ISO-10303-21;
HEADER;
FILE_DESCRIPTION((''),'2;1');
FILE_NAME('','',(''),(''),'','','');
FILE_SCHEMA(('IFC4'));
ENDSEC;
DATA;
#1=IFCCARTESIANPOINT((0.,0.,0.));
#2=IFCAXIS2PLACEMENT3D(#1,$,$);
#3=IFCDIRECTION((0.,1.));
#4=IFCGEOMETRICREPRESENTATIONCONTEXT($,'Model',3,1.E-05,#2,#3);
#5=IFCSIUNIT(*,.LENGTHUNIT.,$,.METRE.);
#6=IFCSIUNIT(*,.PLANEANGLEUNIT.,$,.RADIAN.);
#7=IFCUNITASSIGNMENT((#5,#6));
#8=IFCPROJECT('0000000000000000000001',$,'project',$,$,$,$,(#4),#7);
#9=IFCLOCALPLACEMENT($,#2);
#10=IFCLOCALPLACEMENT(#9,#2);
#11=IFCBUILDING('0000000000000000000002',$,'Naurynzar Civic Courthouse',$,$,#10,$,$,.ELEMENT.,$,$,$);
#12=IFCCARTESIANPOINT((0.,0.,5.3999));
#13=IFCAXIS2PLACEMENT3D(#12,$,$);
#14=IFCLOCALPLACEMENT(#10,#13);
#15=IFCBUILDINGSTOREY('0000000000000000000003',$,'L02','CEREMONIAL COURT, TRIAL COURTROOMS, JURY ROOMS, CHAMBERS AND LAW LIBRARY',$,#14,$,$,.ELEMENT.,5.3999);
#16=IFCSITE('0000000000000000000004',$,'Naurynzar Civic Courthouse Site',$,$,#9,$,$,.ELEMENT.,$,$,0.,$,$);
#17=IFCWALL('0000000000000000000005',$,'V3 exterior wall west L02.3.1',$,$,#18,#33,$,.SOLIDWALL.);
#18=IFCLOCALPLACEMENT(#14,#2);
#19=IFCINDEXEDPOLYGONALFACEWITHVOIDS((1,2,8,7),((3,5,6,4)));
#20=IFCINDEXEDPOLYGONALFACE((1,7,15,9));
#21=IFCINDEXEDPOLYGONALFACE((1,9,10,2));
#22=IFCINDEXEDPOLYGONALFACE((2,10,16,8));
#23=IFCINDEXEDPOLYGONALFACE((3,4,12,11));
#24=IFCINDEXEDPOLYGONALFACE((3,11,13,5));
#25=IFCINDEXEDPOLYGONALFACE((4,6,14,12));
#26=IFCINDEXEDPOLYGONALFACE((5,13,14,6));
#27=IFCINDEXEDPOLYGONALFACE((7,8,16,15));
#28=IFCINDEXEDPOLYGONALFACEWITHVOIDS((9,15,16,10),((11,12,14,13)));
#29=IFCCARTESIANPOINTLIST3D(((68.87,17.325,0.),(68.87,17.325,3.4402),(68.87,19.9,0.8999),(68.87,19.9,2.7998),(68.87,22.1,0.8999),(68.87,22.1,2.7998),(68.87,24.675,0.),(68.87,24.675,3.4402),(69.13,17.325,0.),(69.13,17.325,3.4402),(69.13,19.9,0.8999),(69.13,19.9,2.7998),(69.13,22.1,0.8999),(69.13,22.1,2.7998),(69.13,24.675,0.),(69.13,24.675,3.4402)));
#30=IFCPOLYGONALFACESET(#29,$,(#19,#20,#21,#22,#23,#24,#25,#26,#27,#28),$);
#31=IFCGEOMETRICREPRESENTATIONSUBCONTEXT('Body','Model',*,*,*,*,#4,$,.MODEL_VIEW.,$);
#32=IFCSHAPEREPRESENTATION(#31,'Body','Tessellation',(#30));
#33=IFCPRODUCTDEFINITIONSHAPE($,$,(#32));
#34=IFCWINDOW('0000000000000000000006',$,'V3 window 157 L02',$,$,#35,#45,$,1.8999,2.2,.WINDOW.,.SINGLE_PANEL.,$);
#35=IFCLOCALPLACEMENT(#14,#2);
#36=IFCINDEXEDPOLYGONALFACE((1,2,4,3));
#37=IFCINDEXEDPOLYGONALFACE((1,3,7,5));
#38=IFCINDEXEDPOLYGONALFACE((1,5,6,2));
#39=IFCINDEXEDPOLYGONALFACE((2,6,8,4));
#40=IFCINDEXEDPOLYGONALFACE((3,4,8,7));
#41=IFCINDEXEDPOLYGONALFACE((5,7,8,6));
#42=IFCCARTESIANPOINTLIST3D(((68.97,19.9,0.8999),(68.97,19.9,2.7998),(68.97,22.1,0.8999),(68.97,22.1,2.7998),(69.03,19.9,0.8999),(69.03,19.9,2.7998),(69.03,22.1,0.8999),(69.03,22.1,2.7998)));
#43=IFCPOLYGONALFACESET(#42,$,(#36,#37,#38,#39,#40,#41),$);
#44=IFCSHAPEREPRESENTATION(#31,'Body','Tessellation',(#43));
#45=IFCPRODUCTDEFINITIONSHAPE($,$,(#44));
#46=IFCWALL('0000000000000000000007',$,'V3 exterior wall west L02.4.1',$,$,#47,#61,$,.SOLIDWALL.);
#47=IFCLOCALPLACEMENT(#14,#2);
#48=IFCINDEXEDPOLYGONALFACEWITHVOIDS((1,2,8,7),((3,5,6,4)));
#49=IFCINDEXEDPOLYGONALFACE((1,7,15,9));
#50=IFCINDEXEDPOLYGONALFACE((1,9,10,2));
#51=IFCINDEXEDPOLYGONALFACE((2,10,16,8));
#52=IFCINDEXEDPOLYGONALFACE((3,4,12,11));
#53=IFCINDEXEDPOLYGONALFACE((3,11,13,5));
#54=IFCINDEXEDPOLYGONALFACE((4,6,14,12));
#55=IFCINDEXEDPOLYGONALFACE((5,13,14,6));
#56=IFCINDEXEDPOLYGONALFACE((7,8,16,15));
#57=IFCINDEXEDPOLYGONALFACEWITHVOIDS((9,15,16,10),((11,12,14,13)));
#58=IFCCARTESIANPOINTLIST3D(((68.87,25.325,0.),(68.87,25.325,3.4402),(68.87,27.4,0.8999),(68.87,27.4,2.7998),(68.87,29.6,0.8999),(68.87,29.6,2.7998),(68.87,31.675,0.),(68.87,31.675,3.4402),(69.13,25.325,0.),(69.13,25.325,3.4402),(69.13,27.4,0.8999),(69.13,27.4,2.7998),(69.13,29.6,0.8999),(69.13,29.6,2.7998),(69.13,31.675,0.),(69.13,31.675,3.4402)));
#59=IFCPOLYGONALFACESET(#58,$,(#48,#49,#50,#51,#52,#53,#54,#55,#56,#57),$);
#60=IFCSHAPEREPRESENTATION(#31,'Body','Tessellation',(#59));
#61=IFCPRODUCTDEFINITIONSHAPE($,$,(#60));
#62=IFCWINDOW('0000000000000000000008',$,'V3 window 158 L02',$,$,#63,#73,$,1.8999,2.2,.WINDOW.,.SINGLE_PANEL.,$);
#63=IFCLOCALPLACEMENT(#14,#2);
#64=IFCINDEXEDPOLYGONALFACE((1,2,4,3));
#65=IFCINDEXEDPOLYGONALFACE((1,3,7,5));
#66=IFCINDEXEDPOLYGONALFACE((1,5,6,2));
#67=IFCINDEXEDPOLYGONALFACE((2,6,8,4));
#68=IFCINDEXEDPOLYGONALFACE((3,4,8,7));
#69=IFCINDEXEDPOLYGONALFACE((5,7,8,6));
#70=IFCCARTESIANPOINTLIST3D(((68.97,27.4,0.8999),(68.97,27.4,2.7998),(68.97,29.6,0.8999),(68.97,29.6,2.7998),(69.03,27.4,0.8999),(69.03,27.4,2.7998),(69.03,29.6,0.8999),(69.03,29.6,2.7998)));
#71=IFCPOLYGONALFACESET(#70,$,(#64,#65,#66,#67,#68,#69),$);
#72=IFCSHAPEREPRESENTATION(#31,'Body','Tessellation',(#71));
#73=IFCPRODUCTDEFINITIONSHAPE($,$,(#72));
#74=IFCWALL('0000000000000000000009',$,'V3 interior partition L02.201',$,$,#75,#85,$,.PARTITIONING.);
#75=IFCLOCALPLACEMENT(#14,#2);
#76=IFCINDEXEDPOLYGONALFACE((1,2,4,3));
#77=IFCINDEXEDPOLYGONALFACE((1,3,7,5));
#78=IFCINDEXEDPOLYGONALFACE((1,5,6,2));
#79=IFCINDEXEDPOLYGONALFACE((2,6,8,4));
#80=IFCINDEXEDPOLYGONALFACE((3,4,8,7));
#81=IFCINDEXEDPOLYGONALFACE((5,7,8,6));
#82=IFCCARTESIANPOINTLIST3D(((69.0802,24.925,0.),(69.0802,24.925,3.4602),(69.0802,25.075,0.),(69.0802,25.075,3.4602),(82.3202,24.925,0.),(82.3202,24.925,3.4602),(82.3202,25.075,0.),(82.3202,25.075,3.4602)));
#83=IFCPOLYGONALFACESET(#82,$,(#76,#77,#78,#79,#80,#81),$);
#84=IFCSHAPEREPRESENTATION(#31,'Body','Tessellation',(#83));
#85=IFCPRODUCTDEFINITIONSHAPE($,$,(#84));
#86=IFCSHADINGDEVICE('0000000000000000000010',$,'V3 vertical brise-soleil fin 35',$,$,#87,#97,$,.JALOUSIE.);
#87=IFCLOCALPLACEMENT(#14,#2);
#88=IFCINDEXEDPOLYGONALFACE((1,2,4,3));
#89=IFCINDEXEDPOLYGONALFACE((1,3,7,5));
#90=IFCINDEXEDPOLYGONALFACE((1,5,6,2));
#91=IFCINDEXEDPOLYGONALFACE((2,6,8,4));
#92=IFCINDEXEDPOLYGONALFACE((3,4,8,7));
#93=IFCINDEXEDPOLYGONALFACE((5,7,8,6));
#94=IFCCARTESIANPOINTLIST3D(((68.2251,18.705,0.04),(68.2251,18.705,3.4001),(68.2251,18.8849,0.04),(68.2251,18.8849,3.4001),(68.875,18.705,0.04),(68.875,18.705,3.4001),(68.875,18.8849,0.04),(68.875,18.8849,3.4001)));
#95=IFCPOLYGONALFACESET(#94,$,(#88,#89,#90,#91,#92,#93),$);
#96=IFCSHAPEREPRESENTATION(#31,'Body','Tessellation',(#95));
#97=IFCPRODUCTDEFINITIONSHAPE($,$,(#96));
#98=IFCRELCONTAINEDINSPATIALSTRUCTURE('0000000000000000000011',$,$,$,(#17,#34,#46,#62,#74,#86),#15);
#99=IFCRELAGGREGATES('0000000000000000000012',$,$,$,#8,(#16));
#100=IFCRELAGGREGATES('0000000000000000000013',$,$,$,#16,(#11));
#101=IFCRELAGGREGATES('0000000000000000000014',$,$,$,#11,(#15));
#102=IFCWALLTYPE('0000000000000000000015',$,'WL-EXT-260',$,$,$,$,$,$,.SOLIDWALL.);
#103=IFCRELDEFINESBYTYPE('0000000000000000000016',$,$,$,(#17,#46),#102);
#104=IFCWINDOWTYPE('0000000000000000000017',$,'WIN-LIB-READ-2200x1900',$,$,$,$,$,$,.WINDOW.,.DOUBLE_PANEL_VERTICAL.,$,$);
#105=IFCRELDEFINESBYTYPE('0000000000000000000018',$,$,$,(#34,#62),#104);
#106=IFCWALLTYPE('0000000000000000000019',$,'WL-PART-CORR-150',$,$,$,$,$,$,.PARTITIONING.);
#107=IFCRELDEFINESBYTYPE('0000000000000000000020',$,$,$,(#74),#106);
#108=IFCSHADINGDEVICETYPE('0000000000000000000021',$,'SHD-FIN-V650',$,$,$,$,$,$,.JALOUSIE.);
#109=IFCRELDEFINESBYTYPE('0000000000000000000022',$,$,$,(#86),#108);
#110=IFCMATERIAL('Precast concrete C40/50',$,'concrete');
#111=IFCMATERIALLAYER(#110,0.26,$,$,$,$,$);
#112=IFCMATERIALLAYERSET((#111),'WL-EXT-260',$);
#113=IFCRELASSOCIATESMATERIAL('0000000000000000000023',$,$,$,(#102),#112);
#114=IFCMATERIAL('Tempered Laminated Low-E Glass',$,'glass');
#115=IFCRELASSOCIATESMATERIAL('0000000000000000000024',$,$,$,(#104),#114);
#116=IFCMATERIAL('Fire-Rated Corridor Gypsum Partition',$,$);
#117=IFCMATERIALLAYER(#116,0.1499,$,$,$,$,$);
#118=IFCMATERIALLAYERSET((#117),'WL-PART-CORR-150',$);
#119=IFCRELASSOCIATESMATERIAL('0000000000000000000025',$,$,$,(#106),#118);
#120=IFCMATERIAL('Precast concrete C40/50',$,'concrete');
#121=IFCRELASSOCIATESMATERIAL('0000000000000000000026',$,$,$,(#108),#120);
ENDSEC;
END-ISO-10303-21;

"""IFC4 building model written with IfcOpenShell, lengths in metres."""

from ifc_helpers import new_model, si_unit, direction, frame, frame_2d, origin, origin_2d, place, context, subcontext, project, spatial, rectangle, extrude, material, layer, layer_set, type_object, element, fill, save


model = new_model("IFC4")

# Units and contexts
model_context = context("Model", 3, precision=1e-05, world=origin(), true_north=direction((0.0, 1.0)))
body_context = subcontext(model_context, "Body", "Model", "MODEL_VIEW")
ifc_project = project(units=[si_unit("LENGTHUNIT", "METRE"), si_unit("PLANEANGLEUNIT", "RADIAN")], contexts=[model_context])

# Site, building, storey
site_placement = place(None, origin())
site = spatial("IfcSite", under=ifc_project, at=site_placement, Name="Naurynzar Civic Courthouse Site", CompositionType="ELEMENT", RefElevation=0.0)
building_placement = place(site_placement, origin())
building = spatial("IfcBuilding", under=site, at=building_placement, Name="Naurynzar Civic Courthouse", CompositionType="ELEMENT")
storey_placement = place(building_placement, frame((0.0, 0.0, 5.3999)))
storey = spatial("IfcBuildingStorey", under=building, at=storey_placement, Name="L02", Description="CEREMONIAL COURT, TRIAL COURTROOMS, JURY ROOMS, CHAMBERS AND LAW LIBRARY", CompositionType="ELEMENT", Elevation=5.3999)

# Walls, openings, windows
ifc_material_1 = material(Name="Precast concrete C40/50", Category="concrete")
ifc_layer_1 = layer(ifc_material_1, 0.26)
ifc_layer_set_1 = layer_set([ifc_layer_1], Name="WL-EXT-260")
wall_type_1 = type_object("IfcWallType", Name="WL-EXT-260", PredefinedType="SOLIDWALL", material=ifc_layer_set_1)
wall_1_placement = place(storey_placement, frame((69.0, 17.325, 0.0), z_axis=(0.0, 0.0, 1.0), x_axis=(0.0, 1.0, 0.0)))
wall_1 = element("IfcWall", 1, at=wall_1_placement, inside=storey, type_object=wall_type_1, Name="V3 exterior wall west L02.3.1", PredefinedType="SOLIDWALL", context=body_context, shape_type="SweptSolid", body=[
    extrude(rectangle(XDim=7.3501, YDim=0.26, at=frame_2d((3.675, 0.0))), origin(), (0.0, 0.0, 1.0), 3.4402),
])
opening_1_placement = place(wall_1_placement, frame((2.575, 0.0, 0.8999)))
opening_1 = element("IfcOpeningElement", 2, at=opening_1_placement, cuts=wall_1, PredefinedType="OPENING", context=body_context, shape_type="SweptSolid", body=[
    extrude(rectangle(XDim=2.2, YDim=1.8999, at=frame_2d((1.1001, 0.95))), frame((0.0, 0.1399, 0.0), z_axis=(0.0, -1.0, 0.0), x_axis=(1.0, 0.0, 0.0)), (0.0, 0.0, 1.0), 0.28),
])
ifc_material_2 = material(Name="Tempered Laminated Low-E Glass", Category="glass")
window_type = type_object("IfcWindowType", Name="WIN-LIB-READ-2200x1900", PartitioningType="DOUBLE_PANEL_VERTICAL", PredefinedType="WINDOW", material=ifc_material_2)
window_1_placement = place(opening_1_placement, origin())
window_1 = element("IfcWindow", 3, at=window_1_placement, inside=storey, type_object=window_type, Name="V3 window 157 L02", OverallHeight=1.8999, OverallWidth=2.2, PartitioningType="SINGLE_PANEL", PredefinedType="WINDOW", context=body_context, shape_type="SweptSolid", body=[
    extrude(rectangle(XDim=2.2, YDim=1.8999, at=frame_2d((1.1001, 0.95))), frame((0.0, 0.03, 0.0), z_axis=(0.0, -1.0, 0.0), x_axis=(1.0, 0.0, 0.0)), (0.0, 0.0, 1.0), 0.0601),
])
fill(opening_1, window_1)
wall_2_placement = place(storey_placement, frame((69.0, 25.325, 0.0), z_axis=(0.0, 0.0, 1.0), x_axis=(0.0, 1.0, 0.0)))
wall_2 = element("IfcWall", 4, at=wall_2_placement, inside=storey, type_object=wall_type_1, Name="V3 exterior wall west L02.4.1", PredefinedType="SOLIDWALL", context=body_context, shape_type="SweptSolid", body=[
    extrude(rectangle(XDim=6.3501, YDim=0.26, at=frame_2d((3.175, 0.0))), origin(), (0.0, 0.0, 1.0), 3.4402),
])
opening_2_placement = place(wall_2_placement, frame((2.075, 0.0, 0.8999)))
opening_2 = element("IfcOpeningElement", 5, at=opening_2_placement, cuts=wall_2, PredefinedType="OPENING", context=body_context, shape_type="SweptSolid", body=[
    extrude(rectangle(XDim=2.2, YDim=1.8999, at=frame_2d((1.1001, 0.95))), frame((0.0, 0.1399, 0.0), z_axis=(0.0, -1.0, 0.0), x_axis=(1.0, 0.0, 0.0)), (0.0, 0.0, 1.0), 0.28),
])
window_2_placement = place(opening_2_placement, origin())
window_2 = element("IfcWindow", 6, at=window_2_placement, inside=storey, type_object=window_type, Name="V3 window 158 L02", OverallHeight=1.8999, OverallWidth=2.2, PartitioningType="SINGLE_PANEL", PredefinedType="WINDOW", context=body_context, shape_type="SweptSolid", body=[
    extrude(rectangle(XDim=2.2, YDim=1.8999, at=frame_2d((1.1001, 0.95))), frame((0.0, 0.03, 0.0), z_axis=(0.0, -1.0, 0.0), x_axis=(1.0, 0.0, 0.0)), (0.0, 0.0, 1.0), 0.0601),
])
fill(opening_2, window_2)

# Wall
ifc_material_3 = material(Name="Fire-Rated Corridor Gypsum Partition")
ifc_layer_2 = layer(ifc_material_3, 0.1499)
ifc_layer_set_2 = layer_set([ifc_layer_2], Name="WL-PART-CORR-150")
wall_type_2 = type_object("IfcWallType", Name="WL-PART-CORR-150", PredefinedType="PARTITIONING", material=ifc_layer_set_2)
wall_3_placement = place(storey_placement, frame((69.0801, 25.0, 0.0), z_axis=(0.0, 0.0, 1.0), x_axis=(1.0, 0.0, 0.0)))
element("IfcWall", 7, at=wall_3_placement, inside=storey, type_object=wall_type_2, Name="V3 interior partition L02.201", PredefinedType="PARTITIONING", context=body_context, shape_type="SweptSolid", body=[
    extrude(rectangle(XDim=13.24, YDim=0.1499, at=frame_2d((6.6201, 0.0))), origin(), (0.0, 0.0, 1.0), 3.4602),
])

# Shading device
ifc_material_4 = material(Name="Precast concrete C40/50", Category="concrete")
shading_device_type = type_object("IfcShadingDeviceType", Name="SHD-FIN-V650", PredefinedType="JALOUSIE", material=ifc_material_4)
shading_device_placement = place(storey_placement, frame((68.55, 18.7949, 0.04), z_axis=(0.0, 0.0, 1.0), x_axis=(0.0, 1.0, 0.0)))
element("IfcShadingDevice", 8, at=shading_device_placement, inside=storey, type_object=shading_device_type, Name="V3 vertical brise-soleil fin 35", PredefinedType="JALOUSIE", context=body_context, shape_type="SweptSolid", body=[
    extrude(rectangle(XDim=0.1799, YDim=0.6499, at=origin_2d()), origin(), (0.0, 0.0, 1.0), 3.3601),
])

save(model, "model.ifc")
